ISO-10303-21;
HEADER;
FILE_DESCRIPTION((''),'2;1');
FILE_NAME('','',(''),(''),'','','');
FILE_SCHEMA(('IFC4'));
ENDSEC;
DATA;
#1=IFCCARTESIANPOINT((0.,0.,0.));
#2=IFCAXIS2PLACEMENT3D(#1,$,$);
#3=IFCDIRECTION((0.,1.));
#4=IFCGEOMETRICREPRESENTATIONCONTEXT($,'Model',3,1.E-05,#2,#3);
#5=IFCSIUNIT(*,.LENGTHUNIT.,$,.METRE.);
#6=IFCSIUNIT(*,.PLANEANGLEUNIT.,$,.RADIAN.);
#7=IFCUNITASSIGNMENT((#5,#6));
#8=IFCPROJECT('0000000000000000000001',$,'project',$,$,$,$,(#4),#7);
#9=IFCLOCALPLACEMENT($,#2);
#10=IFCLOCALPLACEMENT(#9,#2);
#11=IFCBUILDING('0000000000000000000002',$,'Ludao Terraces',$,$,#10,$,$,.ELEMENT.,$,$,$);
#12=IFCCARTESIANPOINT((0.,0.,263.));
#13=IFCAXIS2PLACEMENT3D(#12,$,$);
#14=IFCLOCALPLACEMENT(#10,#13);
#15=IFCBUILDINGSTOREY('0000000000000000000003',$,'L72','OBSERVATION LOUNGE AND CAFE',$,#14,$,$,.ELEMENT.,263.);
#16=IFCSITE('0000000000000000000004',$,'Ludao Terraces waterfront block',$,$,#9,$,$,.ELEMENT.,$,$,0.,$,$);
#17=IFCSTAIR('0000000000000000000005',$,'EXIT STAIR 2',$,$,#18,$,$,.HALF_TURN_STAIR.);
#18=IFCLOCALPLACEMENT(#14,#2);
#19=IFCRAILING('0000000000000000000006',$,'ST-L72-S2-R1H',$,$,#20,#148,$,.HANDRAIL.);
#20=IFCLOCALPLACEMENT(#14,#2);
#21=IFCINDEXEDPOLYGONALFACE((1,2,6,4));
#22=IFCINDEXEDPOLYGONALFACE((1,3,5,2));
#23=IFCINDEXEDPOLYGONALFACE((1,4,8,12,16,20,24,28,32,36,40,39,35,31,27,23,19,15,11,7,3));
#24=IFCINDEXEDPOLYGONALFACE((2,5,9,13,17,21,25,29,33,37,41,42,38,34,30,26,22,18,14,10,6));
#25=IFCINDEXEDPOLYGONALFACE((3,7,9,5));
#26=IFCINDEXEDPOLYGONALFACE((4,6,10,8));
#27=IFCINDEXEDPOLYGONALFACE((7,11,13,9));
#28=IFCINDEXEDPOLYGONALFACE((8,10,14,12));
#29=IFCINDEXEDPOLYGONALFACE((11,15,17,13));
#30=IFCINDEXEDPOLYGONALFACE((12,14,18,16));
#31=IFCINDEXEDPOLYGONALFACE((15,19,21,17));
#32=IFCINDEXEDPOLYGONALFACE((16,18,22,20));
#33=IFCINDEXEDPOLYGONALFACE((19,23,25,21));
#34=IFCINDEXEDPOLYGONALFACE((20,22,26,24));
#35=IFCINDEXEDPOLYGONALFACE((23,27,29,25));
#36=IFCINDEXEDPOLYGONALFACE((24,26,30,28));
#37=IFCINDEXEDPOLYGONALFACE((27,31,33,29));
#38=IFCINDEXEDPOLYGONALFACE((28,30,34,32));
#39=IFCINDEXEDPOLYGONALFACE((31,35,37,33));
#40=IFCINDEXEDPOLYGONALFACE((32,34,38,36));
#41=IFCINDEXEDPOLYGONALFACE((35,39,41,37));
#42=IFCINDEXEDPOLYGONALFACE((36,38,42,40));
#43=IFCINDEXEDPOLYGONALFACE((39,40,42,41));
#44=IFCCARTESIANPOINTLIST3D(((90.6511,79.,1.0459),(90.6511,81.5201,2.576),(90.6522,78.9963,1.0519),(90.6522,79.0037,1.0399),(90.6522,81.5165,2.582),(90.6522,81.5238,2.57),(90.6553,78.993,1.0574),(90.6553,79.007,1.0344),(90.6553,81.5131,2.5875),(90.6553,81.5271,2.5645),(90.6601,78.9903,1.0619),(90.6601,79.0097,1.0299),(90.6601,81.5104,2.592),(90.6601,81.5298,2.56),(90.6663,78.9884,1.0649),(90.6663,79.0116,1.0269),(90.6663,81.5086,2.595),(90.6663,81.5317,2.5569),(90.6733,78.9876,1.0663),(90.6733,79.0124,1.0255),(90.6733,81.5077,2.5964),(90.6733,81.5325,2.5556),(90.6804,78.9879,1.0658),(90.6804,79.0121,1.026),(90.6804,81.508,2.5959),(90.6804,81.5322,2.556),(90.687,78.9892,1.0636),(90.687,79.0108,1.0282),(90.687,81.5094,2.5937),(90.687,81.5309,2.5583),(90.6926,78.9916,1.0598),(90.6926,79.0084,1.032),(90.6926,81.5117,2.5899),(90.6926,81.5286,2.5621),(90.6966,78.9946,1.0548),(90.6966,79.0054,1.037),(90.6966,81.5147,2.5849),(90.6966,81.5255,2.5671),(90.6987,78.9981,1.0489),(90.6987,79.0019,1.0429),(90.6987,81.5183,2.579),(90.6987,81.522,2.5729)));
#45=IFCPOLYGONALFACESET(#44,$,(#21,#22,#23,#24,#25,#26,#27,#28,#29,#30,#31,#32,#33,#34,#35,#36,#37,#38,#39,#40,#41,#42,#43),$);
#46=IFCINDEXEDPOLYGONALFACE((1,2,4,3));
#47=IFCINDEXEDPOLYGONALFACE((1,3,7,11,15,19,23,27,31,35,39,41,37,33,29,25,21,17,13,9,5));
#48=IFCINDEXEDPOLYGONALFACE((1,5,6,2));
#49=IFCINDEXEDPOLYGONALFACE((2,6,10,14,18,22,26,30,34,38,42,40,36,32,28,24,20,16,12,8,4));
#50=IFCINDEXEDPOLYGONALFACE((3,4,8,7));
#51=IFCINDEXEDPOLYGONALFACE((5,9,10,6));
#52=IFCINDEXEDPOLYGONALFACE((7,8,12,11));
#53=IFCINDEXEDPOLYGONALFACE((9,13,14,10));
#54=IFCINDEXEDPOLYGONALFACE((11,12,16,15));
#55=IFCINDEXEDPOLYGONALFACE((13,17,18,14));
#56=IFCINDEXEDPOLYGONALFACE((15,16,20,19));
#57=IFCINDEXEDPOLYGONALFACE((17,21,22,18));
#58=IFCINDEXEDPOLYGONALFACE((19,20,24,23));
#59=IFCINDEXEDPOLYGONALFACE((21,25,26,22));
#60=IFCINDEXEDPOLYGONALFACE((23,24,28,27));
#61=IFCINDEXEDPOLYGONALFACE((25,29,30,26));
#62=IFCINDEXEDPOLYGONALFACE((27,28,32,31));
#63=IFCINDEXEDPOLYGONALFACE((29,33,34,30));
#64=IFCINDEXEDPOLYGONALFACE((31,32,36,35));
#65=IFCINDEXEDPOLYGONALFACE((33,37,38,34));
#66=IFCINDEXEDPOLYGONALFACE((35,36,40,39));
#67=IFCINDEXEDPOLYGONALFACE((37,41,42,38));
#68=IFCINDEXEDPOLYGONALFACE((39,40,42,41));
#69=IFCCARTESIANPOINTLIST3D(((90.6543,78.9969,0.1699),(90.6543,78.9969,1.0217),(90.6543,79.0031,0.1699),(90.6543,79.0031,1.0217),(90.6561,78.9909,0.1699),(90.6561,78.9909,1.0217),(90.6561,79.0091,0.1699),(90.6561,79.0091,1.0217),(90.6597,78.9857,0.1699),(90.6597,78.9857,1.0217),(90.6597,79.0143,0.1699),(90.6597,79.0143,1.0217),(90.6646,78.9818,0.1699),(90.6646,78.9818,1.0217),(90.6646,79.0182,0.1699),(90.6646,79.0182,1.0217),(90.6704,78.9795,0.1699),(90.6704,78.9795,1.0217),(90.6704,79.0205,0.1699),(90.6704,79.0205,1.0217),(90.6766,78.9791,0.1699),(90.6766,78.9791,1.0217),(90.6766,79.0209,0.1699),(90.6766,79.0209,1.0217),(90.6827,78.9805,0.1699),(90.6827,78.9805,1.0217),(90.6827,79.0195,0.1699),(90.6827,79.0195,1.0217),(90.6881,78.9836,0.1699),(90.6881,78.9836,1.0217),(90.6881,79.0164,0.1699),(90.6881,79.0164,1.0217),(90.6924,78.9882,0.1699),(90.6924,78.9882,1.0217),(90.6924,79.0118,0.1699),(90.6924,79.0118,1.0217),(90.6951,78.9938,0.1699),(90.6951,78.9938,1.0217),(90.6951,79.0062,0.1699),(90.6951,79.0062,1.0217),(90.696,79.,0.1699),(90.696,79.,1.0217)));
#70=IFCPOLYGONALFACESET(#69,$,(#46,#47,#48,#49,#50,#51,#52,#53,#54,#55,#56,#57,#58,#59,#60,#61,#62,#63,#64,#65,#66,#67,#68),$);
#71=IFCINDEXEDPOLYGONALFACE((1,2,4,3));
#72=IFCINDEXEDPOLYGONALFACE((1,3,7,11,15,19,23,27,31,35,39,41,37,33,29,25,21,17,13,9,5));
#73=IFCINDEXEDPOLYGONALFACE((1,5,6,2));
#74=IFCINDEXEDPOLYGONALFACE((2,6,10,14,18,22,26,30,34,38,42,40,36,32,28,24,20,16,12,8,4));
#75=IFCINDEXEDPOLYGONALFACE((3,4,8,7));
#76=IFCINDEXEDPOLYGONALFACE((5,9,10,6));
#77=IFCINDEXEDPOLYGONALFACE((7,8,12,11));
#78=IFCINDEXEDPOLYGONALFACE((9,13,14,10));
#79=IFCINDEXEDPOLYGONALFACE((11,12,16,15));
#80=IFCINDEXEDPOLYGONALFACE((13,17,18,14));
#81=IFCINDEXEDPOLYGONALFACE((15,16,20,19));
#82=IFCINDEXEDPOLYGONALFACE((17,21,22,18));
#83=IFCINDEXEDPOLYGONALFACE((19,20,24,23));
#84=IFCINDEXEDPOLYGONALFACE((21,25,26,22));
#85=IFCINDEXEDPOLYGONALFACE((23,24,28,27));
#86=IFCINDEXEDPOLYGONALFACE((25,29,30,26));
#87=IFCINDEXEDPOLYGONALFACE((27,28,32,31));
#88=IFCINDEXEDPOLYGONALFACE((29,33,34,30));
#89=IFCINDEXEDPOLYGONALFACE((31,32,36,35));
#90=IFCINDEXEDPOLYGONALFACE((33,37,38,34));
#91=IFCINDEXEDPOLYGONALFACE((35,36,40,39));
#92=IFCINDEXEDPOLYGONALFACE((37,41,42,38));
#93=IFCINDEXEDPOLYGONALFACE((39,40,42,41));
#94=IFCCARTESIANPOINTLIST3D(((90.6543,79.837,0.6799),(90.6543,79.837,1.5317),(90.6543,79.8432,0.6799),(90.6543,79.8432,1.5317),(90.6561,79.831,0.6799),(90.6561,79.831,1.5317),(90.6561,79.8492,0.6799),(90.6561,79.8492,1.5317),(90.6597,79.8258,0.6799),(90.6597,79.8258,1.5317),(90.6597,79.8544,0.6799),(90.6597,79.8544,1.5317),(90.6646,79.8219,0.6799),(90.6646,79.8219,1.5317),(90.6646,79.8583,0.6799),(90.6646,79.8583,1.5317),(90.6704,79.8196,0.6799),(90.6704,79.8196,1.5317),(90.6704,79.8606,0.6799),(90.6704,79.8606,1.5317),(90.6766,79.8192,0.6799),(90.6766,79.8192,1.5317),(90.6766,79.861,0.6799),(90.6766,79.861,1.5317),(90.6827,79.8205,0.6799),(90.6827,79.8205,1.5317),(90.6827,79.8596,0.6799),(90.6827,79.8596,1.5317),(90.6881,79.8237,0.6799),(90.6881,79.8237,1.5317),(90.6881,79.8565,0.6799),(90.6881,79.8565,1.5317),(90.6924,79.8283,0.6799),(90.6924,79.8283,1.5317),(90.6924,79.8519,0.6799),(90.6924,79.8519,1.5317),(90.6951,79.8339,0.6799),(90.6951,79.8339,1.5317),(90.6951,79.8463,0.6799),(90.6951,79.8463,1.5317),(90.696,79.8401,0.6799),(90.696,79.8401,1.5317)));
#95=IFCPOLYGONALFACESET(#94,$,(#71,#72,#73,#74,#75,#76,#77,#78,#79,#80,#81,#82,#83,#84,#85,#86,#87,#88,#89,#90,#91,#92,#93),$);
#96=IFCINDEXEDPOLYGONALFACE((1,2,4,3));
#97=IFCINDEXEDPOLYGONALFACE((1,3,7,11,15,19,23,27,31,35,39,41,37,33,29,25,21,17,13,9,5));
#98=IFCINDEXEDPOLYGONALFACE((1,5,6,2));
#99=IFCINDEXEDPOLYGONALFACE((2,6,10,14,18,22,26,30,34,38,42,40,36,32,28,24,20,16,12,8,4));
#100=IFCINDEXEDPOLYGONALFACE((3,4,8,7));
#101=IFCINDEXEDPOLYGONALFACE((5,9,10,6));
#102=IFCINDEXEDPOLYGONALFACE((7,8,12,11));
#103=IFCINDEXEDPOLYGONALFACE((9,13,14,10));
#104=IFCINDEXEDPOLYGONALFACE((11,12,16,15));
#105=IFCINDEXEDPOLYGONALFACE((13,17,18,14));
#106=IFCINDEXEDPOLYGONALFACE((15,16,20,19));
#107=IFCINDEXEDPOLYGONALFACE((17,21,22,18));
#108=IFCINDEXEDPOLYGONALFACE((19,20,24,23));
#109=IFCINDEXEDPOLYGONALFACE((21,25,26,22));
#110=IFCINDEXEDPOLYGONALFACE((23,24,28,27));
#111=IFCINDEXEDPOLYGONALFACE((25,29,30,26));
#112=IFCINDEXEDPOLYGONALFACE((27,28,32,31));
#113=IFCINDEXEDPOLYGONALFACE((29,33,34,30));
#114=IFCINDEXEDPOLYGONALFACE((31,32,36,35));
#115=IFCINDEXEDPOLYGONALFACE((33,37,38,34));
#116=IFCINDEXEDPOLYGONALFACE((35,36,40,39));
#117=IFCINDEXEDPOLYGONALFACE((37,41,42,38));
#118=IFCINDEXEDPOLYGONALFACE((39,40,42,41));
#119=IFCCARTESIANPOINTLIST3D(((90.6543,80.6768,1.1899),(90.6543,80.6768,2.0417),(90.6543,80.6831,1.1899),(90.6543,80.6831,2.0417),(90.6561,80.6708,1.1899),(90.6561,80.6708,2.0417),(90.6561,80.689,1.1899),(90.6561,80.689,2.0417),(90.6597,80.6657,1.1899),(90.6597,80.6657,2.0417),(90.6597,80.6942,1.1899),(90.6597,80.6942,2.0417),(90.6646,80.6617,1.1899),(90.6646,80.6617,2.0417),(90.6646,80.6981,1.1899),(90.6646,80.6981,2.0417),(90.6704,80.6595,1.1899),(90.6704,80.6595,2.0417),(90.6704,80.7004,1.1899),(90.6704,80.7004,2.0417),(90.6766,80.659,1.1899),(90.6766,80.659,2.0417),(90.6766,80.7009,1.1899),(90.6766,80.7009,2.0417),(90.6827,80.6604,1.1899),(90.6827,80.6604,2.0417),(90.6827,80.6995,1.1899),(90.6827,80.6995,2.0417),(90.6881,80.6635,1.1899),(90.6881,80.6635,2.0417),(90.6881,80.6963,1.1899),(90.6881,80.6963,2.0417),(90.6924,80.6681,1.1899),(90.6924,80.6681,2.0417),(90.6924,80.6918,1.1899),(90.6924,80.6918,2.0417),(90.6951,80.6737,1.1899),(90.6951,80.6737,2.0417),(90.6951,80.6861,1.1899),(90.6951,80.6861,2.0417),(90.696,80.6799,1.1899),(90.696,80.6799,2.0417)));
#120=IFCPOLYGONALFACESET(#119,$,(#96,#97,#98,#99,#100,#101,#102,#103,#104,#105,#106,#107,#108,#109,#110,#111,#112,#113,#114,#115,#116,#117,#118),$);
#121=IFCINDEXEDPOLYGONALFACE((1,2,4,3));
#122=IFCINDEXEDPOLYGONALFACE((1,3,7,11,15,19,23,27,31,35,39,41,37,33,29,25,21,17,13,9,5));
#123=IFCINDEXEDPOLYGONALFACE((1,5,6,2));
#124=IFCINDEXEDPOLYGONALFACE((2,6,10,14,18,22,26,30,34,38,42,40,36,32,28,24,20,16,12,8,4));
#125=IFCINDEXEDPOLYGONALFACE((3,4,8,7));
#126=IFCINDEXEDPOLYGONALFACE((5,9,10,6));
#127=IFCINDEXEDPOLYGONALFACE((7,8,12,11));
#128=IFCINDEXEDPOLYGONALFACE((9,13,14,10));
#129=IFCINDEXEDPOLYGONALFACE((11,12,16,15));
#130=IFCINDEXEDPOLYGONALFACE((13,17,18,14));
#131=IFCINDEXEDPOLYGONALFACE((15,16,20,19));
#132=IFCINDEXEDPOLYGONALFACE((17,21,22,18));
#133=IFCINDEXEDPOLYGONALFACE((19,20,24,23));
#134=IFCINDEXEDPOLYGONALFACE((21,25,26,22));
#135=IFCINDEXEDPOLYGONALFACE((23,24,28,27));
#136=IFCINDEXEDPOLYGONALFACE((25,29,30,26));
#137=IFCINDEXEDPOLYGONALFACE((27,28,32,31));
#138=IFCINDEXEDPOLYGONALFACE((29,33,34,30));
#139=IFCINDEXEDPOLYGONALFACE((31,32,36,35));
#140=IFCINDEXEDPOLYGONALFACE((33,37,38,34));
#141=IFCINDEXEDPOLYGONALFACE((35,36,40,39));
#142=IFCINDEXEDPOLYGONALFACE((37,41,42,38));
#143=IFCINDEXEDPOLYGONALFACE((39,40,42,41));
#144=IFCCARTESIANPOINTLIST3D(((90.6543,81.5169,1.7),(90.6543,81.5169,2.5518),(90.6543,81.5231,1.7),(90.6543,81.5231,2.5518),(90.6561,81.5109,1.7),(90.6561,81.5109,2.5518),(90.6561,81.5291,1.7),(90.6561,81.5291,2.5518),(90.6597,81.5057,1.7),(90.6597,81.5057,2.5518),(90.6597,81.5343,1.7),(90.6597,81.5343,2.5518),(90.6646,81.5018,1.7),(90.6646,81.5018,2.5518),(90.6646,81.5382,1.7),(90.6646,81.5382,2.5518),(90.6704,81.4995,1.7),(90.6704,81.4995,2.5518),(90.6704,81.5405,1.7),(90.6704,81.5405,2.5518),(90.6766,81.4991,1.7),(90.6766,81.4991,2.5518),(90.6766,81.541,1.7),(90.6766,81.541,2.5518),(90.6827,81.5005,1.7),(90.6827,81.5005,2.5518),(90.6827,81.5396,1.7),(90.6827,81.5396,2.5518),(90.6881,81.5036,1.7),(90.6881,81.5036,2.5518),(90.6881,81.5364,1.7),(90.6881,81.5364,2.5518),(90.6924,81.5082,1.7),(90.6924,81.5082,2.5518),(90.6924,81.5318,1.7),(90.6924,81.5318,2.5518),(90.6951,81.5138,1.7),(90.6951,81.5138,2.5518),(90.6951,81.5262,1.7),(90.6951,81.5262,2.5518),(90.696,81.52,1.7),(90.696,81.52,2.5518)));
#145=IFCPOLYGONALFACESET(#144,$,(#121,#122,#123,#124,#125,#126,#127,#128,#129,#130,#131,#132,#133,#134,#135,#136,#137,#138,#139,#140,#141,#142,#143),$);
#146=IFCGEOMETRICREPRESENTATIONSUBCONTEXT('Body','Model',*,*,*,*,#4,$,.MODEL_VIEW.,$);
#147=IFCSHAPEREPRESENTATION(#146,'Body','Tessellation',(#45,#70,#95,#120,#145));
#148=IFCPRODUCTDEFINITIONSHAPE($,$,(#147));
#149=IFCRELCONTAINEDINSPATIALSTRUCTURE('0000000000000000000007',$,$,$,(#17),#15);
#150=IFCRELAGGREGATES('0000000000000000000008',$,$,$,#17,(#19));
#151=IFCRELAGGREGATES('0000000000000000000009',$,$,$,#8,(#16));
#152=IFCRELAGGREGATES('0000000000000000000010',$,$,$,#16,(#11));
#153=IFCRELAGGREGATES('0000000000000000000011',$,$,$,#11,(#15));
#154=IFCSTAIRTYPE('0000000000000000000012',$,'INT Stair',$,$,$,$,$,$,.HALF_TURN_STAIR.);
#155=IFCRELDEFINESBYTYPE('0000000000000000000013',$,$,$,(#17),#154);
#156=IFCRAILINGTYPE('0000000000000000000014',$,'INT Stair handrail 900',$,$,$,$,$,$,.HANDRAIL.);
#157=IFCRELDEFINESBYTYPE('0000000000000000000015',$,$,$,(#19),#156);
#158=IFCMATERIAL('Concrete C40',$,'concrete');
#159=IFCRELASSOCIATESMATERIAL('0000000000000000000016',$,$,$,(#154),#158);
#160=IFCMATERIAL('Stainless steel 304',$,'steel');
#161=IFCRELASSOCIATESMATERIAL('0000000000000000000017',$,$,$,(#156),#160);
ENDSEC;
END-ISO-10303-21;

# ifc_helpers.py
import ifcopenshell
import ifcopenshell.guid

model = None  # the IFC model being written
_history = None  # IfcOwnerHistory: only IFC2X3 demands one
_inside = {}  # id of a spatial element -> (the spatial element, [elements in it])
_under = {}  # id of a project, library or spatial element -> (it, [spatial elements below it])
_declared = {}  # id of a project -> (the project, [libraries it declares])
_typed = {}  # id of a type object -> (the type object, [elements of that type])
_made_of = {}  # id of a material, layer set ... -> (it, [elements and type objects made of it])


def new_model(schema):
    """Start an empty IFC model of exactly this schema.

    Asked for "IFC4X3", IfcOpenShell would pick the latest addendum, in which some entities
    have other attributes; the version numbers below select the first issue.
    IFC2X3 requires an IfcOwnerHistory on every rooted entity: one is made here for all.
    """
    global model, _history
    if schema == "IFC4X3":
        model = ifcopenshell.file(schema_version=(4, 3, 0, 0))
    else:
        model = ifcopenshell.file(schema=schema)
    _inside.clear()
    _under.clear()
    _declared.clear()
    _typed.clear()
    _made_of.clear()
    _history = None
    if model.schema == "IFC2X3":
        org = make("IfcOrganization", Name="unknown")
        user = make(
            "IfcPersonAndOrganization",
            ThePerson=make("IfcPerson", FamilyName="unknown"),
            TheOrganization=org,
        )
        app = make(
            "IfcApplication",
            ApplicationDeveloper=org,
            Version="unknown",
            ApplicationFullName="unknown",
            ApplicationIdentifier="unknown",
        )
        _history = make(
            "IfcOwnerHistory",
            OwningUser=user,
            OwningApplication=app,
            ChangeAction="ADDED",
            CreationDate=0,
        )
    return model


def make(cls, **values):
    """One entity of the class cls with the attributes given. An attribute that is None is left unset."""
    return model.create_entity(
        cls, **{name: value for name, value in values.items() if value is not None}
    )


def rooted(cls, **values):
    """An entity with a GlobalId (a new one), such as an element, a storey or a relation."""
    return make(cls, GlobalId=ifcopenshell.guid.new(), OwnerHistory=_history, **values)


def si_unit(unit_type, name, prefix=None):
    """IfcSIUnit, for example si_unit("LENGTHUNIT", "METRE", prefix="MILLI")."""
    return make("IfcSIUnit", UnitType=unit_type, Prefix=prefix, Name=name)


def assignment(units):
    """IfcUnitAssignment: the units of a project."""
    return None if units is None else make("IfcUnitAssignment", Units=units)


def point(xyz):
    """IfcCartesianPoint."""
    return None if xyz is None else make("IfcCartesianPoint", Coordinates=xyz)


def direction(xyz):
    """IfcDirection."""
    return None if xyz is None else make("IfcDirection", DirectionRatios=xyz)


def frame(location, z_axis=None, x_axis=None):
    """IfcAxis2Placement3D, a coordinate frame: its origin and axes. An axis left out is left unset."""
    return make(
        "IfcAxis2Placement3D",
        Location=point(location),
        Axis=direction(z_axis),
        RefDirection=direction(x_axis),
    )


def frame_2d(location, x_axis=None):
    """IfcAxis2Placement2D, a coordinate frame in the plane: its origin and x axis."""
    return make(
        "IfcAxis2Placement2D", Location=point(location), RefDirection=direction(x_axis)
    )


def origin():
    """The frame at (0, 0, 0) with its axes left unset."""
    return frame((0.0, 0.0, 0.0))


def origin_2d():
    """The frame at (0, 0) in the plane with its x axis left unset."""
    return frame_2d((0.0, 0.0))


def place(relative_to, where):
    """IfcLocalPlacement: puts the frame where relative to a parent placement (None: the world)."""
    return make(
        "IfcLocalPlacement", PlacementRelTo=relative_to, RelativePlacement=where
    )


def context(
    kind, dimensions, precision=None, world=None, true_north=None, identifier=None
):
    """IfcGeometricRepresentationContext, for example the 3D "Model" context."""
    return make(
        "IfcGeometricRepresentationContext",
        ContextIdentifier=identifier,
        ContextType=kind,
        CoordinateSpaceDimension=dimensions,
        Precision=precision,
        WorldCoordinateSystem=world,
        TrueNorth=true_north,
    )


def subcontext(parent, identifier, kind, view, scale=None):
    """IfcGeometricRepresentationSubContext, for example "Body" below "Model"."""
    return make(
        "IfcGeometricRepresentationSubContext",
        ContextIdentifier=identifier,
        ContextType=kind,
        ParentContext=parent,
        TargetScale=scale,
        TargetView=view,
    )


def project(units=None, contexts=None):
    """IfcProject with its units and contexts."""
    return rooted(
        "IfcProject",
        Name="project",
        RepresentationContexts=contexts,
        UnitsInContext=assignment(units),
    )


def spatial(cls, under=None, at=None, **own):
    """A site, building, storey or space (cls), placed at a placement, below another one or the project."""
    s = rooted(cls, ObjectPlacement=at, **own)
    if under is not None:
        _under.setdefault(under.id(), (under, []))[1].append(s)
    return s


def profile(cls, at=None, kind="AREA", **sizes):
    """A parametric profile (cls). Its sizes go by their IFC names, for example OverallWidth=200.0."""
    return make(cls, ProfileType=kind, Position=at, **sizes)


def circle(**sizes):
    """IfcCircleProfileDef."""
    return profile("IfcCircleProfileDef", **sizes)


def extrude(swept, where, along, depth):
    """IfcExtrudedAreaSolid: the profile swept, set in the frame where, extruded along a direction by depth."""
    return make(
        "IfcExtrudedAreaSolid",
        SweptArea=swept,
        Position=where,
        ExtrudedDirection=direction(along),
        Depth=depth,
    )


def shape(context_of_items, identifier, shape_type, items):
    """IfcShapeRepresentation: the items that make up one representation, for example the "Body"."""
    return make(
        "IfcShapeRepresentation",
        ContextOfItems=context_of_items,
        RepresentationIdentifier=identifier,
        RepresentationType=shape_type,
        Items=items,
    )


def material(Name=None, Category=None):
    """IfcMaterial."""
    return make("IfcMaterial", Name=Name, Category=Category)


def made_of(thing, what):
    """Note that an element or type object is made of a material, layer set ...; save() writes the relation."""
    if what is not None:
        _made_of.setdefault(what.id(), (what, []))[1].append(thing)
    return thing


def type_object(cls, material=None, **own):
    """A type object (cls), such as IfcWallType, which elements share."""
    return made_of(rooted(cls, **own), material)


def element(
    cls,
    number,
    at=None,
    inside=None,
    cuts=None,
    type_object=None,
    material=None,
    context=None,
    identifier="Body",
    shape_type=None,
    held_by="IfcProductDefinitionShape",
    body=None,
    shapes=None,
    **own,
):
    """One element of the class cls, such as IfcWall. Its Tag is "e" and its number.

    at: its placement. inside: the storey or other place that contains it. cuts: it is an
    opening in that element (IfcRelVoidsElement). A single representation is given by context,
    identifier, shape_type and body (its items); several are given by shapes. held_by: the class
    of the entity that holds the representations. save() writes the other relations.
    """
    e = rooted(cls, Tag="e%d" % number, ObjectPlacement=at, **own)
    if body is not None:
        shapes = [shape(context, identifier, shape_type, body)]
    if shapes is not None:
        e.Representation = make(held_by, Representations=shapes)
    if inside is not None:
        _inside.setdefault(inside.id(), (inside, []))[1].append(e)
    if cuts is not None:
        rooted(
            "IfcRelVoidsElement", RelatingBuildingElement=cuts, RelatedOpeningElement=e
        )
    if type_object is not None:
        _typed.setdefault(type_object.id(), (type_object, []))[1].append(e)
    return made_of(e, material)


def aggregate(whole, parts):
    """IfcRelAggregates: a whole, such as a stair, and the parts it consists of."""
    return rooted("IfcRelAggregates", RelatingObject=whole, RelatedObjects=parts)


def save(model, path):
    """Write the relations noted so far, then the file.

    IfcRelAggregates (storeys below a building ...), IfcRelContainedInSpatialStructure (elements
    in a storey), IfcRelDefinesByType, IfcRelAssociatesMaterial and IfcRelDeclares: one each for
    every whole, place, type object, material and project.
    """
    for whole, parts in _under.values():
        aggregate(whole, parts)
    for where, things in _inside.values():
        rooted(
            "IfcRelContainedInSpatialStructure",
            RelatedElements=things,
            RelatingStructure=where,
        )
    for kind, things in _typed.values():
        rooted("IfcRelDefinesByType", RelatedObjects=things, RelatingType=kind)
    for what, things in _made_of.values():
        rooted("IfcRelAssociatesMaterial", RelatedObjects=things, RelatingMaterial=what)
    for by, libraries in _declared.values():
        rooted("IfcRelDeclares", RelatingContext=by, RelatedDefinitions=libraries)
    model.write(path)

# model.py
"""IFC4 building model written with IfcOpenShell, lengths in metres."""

from ifc_helpers import new_model, si_unit, direction, frame, origin, origin_2d, place, context, subcontext, project, spatial, circle, extrude, material, type_object, element, aggregate, save


model = new_model("IFC4")

# Units and contexts
model_context = context("Model", 3, precision=1e-05, world=origin(), true_north=direction((0.0, 1.0)))
body_context = subcontext(model_context, "Body", "Model", "MODEL_VIEW")
ifc_project = project(units=[si_unit("LENGTHUNIT", "METRE"), si_unit("PLANEANGLEUNIT", "RADIAN")], contexts=[model_context])

# Site, building, storey
site_placement = place(None, origin())
site = spatial("IfcSite", under=ifc_project, at=site_placement, Name="Ludao Terraces waterfront block", CompositionType="ELEMENT", RefElevation=0.0)
building_placement = place(site_placement, origin())
building = spatial("IfcBuilding", under=site, at=building_placement, Name="Ludao Terraces", CompositionType="ELEMENT")
storey_placement = place(building_placement, frame((0.0, 0.0, 263.0)))
storey = spatial("IfcBuildingStorey", under=building, at=storey_placement, Name="L72", Description="OBSERVATION LOUNGE AND CAFE", CompositionType="ELEMENT", Elevation=263.0)

# Shared definitions
ifc_material_1 = material(Name="Stainless steel 304", Category="steel")

# Stair, railing
ifc_material_2 = material(Name="Concrete C40", Category="concrete")
stair_type = type_object("IfcStairType", Name="INT Stair", PredefinedType="HALF_TURN_STAIR", material=ifc_material_2)
stair_placement = place(storey_placement, origin())
stair = element("IfcStair", 1, at=stair_placement, inside=storey, type_object=stair_type, Name="EXIT STAIR 2", PredefinedType="HALF_TURN_STAIR")
railing_type_1 = type_object("IfcRailingType", Name="INT Stair handrail 900", PredefinedType="HANDRAIL", material=ifc_material_1)
railing_1_placement = place(storey_placement, frame((90.675, 79.0, 0.1699)))
railing_1 = element("IfcRailing", 2, at=railing_1_placement, type_object=railing_type_1, Name="ST-L72-S2-R1H", PredefinedType="HANDRAIL", context=body_context, shape_type="SweptSolid", body=[
    extrude(circle(Radius=0.0239, at=origin_2d()), frame((0.0, 0.0, 0.876), z_axis=(0.0, 0.854785, 0.518982), x_axis=(-1.0, 0.0, 0.0)), (0.0, 0.0, 1.0), 2.9482),
    extrude(circle(Radius=0.021, at=origin_2d()), origin(), (0.0, 0.0, 1.0), 0.8518),
    extrude(circle(Radius=0.021, at=origin_2d()), frame((0.0, 0.8401, 0.51)), (0.0, 0.0, 1.0), 0.8518),
    extrude(circle(Radius=0.021, at=origin_2d()), frame((0.0, 1.6799, 1.02)), (0.0, 0.0, 1.0), 0.8518),
    extrude(circle(Radius=0.021, at=origin_2d()), frame((0.0, 2.52, 1.53)), (0.0, 0.0, 1.0), 0.8518),
])
aggregate(stair, [railing_1])

save(model, "model.ifc")
